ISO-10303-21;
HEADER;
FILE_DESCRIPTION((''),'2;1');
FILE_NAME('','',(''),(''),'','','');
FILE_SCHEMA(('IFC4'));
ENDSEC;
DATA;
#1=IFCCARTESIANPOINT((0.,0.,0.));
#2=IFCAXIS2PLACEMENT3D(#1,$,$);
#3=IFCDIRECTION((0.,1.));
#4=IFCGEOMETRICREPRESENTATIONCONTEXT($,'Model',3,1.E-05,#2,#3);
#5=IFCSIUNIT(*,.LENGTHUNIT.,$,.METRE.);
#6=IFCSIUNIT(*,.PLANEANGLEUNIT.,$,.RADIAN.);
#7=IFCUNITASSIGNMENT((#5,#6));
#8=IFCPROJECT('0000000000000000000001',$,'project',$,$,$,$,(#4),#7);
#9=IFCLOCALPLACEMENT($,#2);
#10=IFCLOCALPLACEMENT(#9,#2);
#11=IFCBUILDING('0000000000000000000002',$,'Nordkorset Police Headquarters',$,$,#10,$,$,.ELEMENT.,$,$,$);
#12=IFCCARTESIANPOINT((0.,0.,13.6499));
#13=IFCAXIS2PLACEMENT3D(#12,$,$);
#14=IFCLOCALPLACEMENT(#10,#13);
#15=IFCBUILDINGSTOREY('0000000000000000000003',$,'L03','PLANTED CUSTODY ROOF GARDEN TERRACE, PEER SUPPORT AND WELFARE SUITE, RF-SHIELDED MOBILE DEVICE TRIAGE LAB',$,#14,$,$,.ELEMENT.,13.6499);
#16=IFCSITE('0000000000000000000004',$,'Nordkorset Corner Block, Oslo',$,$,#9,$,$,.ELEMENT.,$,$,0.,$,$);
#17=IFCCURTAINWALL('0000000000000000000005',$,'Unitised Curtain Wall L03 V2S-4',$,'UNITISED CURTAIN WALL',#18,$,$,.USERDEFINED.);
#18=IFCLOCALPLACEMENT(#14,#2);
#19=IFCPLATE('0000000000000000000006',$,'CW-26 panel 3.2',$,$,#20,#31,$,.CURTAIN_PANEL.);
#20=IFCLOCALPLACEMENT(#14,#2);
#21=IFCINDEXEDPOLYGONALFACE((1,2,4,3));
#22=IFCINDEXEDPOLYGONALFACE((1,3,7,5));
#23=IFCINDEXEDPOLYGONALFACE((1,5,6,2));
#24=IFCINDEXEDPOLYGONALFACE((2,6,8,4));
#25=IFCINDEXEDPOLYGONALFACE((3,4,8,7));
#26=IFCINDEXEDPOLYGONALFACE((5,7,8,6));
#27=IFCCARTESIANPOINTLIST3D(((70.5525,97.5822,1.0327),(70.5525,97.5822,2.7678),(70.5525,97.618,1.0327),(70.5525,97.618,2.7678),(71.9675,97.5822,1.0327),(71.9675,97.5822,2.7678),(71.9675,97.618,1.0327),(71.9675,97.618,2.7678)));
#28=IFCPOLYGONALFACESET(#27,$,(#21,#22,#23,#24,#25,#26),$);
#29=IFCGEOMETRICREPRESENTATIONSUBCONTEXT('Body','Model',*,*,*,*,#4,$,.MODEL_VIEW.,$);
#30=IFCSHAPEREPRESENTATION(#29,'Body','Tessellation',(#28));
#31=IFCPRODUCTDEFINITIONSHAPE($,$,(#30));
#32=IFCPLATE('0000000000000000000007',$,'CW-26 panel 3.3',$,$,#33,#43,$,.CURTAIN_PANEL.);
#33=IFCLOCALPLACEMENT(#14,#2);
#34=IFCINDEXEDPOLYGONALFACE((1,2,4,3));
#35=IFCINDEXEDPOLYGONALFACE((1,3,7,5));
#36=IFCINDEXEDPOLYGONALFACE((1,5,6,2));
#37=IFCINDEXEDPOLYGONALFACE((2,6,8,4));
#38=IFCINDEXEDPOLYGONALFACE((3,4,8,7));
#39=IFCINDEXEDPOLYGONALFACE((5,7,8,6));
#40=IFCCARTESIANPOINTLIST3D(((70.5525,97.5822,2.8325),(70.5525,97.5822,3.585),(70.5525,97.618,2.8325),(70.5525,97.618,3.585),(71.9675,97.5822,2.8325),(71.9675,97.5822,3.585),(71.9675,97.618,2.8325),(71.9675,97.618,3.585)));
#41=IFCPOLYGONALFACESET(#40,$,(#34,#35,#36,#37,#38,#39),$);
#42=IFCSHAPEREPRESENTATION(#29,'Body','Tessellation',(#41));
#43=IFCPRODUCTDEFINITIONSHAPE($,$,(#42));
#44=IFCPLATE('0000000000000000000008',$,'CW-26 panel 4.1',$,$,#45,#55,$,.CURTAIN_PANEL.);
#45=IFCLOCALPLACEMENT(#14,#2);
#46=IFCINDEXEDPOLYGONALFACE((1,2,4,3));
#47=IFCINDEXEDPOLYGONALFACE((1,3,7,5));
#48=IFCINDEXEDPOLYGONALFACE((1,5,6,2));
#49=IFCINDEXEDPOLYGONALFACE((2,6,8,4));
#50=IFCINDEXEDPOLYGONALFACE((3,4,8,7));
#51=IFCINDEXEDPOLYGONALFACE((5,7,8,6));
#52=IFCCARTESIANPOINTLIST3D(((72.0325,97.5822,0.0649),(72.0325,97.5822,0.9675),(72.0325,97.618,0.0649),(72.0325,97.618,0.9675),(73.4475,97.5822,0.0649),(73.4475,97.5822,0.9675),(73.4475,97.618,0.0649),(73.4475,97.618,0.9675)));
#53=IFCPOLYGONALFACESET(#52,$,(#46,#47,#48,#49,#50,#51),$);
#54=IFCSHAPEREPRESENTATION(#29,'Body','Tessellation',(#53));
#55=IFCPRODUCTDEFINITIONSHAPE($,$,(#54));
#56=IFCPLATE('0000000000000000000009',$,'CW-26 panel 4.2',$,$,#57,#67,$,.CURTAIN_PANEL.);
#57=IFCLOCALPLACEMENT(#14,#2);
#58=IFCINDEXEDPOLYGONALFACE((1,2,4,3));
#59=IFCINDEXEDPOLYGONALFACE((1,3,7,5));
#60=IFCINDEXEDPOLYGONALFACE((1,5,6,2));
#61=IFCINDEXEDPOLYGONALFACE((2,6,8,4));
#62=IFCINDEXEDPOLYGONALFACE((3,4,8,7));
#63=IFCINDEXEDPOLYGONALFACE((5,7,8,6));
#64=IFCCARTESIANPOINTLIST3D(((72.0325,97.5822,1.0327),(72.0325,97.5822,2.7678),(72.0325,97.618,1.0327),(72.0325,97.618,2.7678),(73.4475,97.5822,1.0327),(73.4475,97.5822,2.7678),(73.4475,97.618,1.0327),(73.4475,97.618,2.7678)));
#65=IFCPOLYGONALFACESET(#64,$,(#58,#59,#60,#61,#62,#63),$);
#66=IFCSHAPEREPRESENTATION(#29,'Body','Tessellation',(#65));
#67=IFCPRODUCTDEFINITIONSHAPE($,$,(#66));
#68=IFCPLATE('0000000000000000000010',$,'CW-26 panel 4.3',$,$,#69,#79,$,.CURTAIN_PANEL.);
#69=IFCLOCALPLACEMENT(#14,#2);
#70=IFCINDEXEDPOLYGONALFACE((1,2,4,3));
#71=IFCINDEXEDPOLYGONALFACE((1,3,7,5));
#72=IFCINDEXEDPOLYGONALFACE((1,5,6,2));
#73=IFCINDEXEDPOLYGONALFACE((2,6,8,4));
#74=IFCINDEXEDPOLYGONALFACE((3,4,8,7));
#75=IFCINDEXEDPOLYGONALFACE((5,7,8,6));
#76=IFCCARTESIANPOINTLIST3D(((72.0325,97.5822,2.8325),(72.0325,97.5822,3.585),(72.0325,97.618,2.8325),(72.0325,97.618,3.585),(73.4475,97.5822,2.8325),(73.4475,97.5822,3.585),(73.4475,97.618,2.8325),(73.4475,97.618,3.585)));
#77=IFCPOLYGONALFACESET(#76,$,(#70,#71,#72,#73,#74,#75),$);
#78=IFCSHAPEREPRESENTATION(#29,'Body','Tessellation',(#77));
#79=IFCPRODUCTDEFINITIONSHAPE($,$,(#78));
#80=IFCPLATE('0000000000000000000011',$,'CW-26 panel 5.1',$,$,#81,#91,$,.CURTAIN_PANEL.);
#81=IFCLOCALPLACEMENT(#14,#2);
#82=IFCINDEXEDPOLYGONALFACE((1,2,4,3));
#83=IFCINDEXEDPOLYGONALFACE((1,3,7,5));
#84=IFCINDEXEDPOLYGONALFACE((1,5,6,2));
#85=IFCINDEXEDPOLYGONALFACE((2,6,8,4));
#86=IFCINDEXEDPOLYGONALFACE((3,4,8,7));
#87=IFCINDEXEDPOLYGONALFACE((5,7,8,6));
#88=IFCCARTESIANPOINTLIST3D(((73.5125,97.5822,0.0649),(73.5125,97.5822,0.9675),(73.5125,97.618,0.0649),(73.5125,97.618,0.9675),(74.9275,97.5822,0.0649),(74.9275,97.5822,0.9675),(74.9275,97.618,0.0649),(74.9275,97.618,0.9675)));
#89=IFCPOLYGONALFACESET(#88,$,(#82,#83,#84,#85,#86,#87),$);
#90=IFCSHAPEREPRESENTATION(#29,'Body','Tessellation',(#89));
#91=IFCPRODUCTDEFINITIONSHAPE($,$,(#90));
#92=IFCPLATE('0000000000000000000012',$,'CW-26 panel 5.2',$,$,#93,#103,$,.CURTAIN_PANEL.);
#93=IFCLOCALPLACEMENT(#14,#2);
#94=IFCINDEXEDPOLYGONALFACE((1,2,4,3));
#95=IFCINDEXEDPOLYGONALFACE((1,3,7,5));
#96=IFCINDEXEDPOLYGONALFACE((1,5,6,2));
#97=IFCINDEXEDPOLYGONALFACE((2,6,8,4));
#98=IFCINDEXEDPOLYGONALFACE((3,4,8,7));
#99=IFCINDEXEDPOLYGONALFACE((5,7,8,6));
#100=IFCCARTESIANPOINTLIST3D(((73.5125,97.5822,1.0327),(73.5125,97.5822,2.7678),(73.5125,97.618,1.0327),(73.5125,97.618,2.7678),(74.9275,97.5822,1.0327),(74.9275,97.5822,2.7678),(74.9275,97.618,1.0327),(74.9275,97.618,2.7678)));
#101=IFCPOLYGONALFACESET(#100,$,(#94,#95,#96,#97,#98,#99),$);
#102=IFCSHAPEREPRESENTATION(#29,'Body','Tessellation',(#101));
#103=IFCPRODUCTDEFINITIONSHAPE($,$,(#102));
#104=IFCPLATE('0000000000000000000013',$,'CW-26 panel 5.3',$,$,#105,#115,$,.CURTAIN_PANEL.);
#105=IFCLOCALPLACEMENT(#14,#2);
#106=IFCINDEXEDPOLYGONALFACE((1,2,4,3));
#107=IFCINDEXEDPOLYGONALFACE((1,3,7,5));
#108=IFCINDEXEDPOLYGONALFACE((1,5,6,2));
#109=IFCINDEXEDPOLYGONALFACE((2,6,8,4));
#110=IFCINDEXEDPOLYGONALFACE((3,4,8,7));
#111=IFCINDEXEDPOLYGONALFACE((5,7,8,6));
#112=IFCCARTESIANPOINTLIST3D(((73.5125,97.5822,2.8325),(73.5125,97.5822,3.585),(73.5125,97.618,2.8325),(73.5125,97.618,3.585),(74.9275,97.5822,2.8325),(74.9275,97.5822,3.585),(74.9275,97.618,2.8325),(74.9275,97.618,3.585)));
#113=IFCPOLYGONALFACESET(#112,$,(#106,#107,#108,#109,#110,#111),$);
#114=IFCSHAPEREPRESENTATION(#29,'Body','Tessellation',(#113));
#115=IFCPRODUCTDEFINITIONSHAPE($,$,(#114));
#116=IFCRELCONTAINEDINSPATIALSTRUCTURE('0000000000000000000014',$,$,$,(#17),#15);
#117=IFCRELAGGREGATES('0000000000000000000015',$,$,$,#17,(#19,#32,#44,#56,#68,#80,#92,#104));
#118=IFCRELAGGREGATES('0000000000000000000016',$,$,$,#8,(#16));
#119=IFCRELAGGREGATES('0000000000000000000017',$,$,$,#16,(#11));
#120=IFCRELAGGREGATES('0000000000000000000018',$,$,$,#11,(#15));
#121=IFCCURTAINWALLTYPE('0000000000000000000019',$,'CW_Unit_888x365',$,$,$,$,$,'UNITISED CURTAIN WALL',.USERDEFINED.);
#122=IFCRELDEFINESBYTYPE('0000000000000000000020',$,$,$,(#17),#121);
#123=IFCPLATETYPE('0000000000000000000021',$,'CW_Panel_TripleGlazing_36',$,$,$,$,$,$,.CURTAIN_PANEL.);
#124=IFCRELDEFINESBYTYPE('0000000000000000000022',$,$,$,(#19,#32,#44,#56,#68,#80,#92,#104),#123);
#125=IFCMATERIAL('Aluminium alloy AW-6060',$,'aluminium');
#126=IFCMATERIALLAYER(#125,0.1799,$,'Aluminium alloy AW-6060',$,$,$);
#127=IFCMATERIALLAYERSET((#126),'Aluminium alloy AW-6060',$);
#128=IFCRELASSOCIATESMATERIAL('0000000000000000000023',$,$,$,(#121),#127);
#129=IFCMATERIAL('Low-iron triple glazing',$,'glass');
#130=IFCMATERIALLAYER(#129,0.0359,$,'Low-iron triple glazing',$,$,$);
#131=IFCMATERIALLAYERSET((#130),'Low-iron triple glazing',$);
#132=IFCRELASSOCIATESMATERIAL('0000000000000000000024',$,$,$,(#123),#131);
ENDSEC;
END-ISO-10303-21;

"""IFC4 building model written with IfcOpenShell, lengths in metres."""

from ifc_helpers import new_model, si_unit, direction, frame, origin, origin_2d, place, context, subcontext, project, spatial, rectangle, extrude, material, layer, layer_set, type_object, element, aggregate, save


model = new_model("IFC4")

# Units and contexts
model_context = context("Model", 3, precision=1e-05, world=origin(), true_north=direction((0.0, 1.0)))
body_context = subcontext(model_context, "Body", "Model", "MODEL_VIEW")
ifc_project = project(units=[si_unit("LENGTHUNIT", "METRE"), si_unit("PLANEANGLEUNIT", "RADIAN")], contexts=[model_context])

# Site, building, storey
site_placement = place(None, origin())
site = spatial("IfcSite", under=ifc_project, at=site_placement, Name="Nordkorset Corner Block, Oslo", CompositionType="ELEMENT", RefElevation=0.0)
building_placement = place(site_placement, origin())
building = spatial("IfcBuilding", under=site, at=building_placement, Name="Nordkorset Police Headquarters", CompositionType="ELEMENT")
storey_placement = place(building_placement, frame((0.0, 0.0, 13.6499)))
storey = spatial("IfcBuildingStorey", under=building, at=storey_placement, Name="L03", Description="PLANTED CUSTODY ROOF GARDEN TERRACE, PEER SUPPORT AND WELFARE SUITE, RF-SHIELDED MOBILE DEVICE TRIAGE LAB", CompositionType="ELEMENT", Elevation=13.6499)

# Curtain wall, plates
ifc_material_1 = material(Name="Aluminium alloy AW-6060", Category="aluminium")
ifc_layer_1 = layer(ifc_material_1, 0.1799, Name="Aluminium alloy AW-6060")
ifc_layer_set_1 = layer_set([ifc_layer_1], Name="Aluminium alloy AW-6060")
curtain_wall_type = type_object("IfcCurtainWallType", Name="CW_Unit_888x365", ElementType="UNITISED CURTAIN WALL", PredefinedType="USERDEFINED", material=ifc_layer_set_1)
curtain_wall_placement = place(storey_placement, origin())
curtain_wall = element("IfcCurtainWall", 1, at=curtain_wall_placement, inside=storey, type_object=curtain_wall_type, Name="Unitised Curtain Wall L03 V2S-4", ObjectType="UNITISED CURTAIN WALL", PredefinedType="USERDEFINED")
ifc_material_2 = material(Name="Low-iron triple glazing", Category="glass")
ifc_layer_2 = layer(ifc_material_2, 0.0359, Name="Low-iron triple glazing")
ifc_layer_set_2 = layer_set([ifc_layer_2], Name="Low-iron triple glazing")
plate_type = type_object("IfcPlateType", Name="CW_Panel_TripleGlazing_36", PredefinedType="CURTAIN_PANEL", material=ifc_layer_set_2)
plate_1_placement = place(storey_placement, frame((71.26, 97.6001, 1.0327), z_axis=(0.0, 0.0, 1.0), x_axis=(1.0, 0.0, 0.0)))
plate_1 = element("IfcPlate", 2, at=plate_1_placement, type_object=plate_type, Name="CW-26 panel 3.2", PredefinedType="CURTAIN_PANEL", context=body_context, shape_type="SweptSolid", body=[
    extrude(rectangle(XDim=1.415, YDim=0.0359, at=origin_2d()), origin(), (0.0, 0.0, 1.0), 1.7351),
])
plate_2_placement = place(storey_placement, frame((71.26, 97.6001, 2.8325), z_axis=(0.0, 0.0, 1.0), x_axis=(1.0, 0.0, 0.0)))
plate_2 = element("IfcPlate", 3, at=plate_2_placement, type_object=plate_type, Name="CW-26 panel 3.3", PredefinedType="CURTAIN_PANEL", context=body_context, shape_type="SweptSolid", body=[
    extrude(rectangle(XDim=1.415, YDim=0.0359, at=origin_2d()), origin(), (0.0, 0.0, 1.0), 0.7524),
])
plate_3_placement = place(storey_placement, frame((72.74, 97.6001, 0.0649), z_axis=(0.0, 0.0, 1.0), x_axis=(1.0, 0.0, 0.0)))
plate_3 = element("IfcPlate", 4, at=plate_3_placement, type_object=plate_type, Name="CW-26 panel 4.1", PredefinedType="CURTAIN_PANEL", context=body_context, shape_type="SweptSolid", body=[
    extrude(rectangle(XDim=1.415, YDim=0.0359, at=origin_2d()), origin(), (0.0, 0.0, 1.0), 0.9026),
])
plate_4_placement = place(storey_placement, frame((72.74, 97.6001, 1.0327), z_axis=(0.0, 0.0, 1.0), x_axis=(1.0, 0.0, 0.0)))
plate_4 = element("IfcPlate", 5, at=plate_4_placement, type_object=plate_type, Name="CW-26 panel 4.2", PredefinedType="CURTAIN_PANEL", context=body_context, shape_type="SweptSolid", body=[
    extrude(rectangle(XDim=1.415, YDim=0.0359, at=origin_2d()), origin(), (0.0, 0.0, 1.0), 1.7351),
])
plate_5_placement = place(storey_placement, frame((72.74, 97.6001, 2.8325), z_axis=(0.0, 0.0, 1.0), x_axis=(1.0, 0.0, 0.0)))
plate_5 = element("IfcPlate", 6, at=plate_5_placement, type_object=plate_type, Name="CW-26 panel 4.3", PredefinedType="CURTAIN_PANEL", context=body_context, shape_type="SweptSolid", body=[
    extrude(rectangle(XDim=1.415, YDim=0.0359, at=origin_2d()), origin(), (0.0, 0.0, 1.0), 0.7524),
])
plate_6_placement = place(storey_placement, frame((74.22, 97.6001, 0.0649), z_axis=(0.0, 0.0, 1.0), x_axis=(1.0, 0.0, 0.0)))
plate_6 = element("IfcPlate", 7, at=plate_6_placement, type_object=plate_type, Name="CW-26 panel 5.1", PredefinedType="CURTAIN_PANEL", context=body_context, shape_type="SweptSolid", body=[
    extrude(rectangle(XDim=1.415, YDim=0.0359, at=origin_2d()), origin(), (0.0, 0.0, 1.0), 0.9026),
])
plate_7_placement = place(storey_placement, frame((74.22, 97.6001, 1.0327), z_axis=(0.0, 0.0, 1.0), x_axis=(1.0, 0.0, 0.0)))
plate_7 = element("IfcPlate", 8, at=plate_7_placement, type_object=plate_type, Name="CW-26 panel 5.2", PredefinedType="CURTAIN_PANEL", context=body_context, shape_type="SweptSolid", body=[
    extrude(rectangle(XDim=1.415, YDim=0.0359, at=origin_2d()), origin(), (0.0, 0.0, 1.0), 1.7351),
])
plate_8_placement = place(storey_placement, frame((74.22, 97.6001, 2.8325), z_axis=(0.0, 0.0, 1.0), x_axis=(1.0, 0.0, 0.0)))
plate_8 = element("IfcPlate", 9, at=plate_8_placement, type_object=plate_type, Name="CW-26 panel 5.3", PredefinedType="CURTAIN_PANEL", context=body_context, shape_type="SweptSolid", body=[
    extrude(rectangle(XDim=1.415, YDim=0.0359, at=origin_2d()), origin(), (0.0, 0.0, 1.0), 0.7524),
])
aggregate(curtain_wall, [plate_1, plate_2, plate_3, plate_4, plate_5, plate_6, plate_7, plate_8])

save(model, "model.ifc")
